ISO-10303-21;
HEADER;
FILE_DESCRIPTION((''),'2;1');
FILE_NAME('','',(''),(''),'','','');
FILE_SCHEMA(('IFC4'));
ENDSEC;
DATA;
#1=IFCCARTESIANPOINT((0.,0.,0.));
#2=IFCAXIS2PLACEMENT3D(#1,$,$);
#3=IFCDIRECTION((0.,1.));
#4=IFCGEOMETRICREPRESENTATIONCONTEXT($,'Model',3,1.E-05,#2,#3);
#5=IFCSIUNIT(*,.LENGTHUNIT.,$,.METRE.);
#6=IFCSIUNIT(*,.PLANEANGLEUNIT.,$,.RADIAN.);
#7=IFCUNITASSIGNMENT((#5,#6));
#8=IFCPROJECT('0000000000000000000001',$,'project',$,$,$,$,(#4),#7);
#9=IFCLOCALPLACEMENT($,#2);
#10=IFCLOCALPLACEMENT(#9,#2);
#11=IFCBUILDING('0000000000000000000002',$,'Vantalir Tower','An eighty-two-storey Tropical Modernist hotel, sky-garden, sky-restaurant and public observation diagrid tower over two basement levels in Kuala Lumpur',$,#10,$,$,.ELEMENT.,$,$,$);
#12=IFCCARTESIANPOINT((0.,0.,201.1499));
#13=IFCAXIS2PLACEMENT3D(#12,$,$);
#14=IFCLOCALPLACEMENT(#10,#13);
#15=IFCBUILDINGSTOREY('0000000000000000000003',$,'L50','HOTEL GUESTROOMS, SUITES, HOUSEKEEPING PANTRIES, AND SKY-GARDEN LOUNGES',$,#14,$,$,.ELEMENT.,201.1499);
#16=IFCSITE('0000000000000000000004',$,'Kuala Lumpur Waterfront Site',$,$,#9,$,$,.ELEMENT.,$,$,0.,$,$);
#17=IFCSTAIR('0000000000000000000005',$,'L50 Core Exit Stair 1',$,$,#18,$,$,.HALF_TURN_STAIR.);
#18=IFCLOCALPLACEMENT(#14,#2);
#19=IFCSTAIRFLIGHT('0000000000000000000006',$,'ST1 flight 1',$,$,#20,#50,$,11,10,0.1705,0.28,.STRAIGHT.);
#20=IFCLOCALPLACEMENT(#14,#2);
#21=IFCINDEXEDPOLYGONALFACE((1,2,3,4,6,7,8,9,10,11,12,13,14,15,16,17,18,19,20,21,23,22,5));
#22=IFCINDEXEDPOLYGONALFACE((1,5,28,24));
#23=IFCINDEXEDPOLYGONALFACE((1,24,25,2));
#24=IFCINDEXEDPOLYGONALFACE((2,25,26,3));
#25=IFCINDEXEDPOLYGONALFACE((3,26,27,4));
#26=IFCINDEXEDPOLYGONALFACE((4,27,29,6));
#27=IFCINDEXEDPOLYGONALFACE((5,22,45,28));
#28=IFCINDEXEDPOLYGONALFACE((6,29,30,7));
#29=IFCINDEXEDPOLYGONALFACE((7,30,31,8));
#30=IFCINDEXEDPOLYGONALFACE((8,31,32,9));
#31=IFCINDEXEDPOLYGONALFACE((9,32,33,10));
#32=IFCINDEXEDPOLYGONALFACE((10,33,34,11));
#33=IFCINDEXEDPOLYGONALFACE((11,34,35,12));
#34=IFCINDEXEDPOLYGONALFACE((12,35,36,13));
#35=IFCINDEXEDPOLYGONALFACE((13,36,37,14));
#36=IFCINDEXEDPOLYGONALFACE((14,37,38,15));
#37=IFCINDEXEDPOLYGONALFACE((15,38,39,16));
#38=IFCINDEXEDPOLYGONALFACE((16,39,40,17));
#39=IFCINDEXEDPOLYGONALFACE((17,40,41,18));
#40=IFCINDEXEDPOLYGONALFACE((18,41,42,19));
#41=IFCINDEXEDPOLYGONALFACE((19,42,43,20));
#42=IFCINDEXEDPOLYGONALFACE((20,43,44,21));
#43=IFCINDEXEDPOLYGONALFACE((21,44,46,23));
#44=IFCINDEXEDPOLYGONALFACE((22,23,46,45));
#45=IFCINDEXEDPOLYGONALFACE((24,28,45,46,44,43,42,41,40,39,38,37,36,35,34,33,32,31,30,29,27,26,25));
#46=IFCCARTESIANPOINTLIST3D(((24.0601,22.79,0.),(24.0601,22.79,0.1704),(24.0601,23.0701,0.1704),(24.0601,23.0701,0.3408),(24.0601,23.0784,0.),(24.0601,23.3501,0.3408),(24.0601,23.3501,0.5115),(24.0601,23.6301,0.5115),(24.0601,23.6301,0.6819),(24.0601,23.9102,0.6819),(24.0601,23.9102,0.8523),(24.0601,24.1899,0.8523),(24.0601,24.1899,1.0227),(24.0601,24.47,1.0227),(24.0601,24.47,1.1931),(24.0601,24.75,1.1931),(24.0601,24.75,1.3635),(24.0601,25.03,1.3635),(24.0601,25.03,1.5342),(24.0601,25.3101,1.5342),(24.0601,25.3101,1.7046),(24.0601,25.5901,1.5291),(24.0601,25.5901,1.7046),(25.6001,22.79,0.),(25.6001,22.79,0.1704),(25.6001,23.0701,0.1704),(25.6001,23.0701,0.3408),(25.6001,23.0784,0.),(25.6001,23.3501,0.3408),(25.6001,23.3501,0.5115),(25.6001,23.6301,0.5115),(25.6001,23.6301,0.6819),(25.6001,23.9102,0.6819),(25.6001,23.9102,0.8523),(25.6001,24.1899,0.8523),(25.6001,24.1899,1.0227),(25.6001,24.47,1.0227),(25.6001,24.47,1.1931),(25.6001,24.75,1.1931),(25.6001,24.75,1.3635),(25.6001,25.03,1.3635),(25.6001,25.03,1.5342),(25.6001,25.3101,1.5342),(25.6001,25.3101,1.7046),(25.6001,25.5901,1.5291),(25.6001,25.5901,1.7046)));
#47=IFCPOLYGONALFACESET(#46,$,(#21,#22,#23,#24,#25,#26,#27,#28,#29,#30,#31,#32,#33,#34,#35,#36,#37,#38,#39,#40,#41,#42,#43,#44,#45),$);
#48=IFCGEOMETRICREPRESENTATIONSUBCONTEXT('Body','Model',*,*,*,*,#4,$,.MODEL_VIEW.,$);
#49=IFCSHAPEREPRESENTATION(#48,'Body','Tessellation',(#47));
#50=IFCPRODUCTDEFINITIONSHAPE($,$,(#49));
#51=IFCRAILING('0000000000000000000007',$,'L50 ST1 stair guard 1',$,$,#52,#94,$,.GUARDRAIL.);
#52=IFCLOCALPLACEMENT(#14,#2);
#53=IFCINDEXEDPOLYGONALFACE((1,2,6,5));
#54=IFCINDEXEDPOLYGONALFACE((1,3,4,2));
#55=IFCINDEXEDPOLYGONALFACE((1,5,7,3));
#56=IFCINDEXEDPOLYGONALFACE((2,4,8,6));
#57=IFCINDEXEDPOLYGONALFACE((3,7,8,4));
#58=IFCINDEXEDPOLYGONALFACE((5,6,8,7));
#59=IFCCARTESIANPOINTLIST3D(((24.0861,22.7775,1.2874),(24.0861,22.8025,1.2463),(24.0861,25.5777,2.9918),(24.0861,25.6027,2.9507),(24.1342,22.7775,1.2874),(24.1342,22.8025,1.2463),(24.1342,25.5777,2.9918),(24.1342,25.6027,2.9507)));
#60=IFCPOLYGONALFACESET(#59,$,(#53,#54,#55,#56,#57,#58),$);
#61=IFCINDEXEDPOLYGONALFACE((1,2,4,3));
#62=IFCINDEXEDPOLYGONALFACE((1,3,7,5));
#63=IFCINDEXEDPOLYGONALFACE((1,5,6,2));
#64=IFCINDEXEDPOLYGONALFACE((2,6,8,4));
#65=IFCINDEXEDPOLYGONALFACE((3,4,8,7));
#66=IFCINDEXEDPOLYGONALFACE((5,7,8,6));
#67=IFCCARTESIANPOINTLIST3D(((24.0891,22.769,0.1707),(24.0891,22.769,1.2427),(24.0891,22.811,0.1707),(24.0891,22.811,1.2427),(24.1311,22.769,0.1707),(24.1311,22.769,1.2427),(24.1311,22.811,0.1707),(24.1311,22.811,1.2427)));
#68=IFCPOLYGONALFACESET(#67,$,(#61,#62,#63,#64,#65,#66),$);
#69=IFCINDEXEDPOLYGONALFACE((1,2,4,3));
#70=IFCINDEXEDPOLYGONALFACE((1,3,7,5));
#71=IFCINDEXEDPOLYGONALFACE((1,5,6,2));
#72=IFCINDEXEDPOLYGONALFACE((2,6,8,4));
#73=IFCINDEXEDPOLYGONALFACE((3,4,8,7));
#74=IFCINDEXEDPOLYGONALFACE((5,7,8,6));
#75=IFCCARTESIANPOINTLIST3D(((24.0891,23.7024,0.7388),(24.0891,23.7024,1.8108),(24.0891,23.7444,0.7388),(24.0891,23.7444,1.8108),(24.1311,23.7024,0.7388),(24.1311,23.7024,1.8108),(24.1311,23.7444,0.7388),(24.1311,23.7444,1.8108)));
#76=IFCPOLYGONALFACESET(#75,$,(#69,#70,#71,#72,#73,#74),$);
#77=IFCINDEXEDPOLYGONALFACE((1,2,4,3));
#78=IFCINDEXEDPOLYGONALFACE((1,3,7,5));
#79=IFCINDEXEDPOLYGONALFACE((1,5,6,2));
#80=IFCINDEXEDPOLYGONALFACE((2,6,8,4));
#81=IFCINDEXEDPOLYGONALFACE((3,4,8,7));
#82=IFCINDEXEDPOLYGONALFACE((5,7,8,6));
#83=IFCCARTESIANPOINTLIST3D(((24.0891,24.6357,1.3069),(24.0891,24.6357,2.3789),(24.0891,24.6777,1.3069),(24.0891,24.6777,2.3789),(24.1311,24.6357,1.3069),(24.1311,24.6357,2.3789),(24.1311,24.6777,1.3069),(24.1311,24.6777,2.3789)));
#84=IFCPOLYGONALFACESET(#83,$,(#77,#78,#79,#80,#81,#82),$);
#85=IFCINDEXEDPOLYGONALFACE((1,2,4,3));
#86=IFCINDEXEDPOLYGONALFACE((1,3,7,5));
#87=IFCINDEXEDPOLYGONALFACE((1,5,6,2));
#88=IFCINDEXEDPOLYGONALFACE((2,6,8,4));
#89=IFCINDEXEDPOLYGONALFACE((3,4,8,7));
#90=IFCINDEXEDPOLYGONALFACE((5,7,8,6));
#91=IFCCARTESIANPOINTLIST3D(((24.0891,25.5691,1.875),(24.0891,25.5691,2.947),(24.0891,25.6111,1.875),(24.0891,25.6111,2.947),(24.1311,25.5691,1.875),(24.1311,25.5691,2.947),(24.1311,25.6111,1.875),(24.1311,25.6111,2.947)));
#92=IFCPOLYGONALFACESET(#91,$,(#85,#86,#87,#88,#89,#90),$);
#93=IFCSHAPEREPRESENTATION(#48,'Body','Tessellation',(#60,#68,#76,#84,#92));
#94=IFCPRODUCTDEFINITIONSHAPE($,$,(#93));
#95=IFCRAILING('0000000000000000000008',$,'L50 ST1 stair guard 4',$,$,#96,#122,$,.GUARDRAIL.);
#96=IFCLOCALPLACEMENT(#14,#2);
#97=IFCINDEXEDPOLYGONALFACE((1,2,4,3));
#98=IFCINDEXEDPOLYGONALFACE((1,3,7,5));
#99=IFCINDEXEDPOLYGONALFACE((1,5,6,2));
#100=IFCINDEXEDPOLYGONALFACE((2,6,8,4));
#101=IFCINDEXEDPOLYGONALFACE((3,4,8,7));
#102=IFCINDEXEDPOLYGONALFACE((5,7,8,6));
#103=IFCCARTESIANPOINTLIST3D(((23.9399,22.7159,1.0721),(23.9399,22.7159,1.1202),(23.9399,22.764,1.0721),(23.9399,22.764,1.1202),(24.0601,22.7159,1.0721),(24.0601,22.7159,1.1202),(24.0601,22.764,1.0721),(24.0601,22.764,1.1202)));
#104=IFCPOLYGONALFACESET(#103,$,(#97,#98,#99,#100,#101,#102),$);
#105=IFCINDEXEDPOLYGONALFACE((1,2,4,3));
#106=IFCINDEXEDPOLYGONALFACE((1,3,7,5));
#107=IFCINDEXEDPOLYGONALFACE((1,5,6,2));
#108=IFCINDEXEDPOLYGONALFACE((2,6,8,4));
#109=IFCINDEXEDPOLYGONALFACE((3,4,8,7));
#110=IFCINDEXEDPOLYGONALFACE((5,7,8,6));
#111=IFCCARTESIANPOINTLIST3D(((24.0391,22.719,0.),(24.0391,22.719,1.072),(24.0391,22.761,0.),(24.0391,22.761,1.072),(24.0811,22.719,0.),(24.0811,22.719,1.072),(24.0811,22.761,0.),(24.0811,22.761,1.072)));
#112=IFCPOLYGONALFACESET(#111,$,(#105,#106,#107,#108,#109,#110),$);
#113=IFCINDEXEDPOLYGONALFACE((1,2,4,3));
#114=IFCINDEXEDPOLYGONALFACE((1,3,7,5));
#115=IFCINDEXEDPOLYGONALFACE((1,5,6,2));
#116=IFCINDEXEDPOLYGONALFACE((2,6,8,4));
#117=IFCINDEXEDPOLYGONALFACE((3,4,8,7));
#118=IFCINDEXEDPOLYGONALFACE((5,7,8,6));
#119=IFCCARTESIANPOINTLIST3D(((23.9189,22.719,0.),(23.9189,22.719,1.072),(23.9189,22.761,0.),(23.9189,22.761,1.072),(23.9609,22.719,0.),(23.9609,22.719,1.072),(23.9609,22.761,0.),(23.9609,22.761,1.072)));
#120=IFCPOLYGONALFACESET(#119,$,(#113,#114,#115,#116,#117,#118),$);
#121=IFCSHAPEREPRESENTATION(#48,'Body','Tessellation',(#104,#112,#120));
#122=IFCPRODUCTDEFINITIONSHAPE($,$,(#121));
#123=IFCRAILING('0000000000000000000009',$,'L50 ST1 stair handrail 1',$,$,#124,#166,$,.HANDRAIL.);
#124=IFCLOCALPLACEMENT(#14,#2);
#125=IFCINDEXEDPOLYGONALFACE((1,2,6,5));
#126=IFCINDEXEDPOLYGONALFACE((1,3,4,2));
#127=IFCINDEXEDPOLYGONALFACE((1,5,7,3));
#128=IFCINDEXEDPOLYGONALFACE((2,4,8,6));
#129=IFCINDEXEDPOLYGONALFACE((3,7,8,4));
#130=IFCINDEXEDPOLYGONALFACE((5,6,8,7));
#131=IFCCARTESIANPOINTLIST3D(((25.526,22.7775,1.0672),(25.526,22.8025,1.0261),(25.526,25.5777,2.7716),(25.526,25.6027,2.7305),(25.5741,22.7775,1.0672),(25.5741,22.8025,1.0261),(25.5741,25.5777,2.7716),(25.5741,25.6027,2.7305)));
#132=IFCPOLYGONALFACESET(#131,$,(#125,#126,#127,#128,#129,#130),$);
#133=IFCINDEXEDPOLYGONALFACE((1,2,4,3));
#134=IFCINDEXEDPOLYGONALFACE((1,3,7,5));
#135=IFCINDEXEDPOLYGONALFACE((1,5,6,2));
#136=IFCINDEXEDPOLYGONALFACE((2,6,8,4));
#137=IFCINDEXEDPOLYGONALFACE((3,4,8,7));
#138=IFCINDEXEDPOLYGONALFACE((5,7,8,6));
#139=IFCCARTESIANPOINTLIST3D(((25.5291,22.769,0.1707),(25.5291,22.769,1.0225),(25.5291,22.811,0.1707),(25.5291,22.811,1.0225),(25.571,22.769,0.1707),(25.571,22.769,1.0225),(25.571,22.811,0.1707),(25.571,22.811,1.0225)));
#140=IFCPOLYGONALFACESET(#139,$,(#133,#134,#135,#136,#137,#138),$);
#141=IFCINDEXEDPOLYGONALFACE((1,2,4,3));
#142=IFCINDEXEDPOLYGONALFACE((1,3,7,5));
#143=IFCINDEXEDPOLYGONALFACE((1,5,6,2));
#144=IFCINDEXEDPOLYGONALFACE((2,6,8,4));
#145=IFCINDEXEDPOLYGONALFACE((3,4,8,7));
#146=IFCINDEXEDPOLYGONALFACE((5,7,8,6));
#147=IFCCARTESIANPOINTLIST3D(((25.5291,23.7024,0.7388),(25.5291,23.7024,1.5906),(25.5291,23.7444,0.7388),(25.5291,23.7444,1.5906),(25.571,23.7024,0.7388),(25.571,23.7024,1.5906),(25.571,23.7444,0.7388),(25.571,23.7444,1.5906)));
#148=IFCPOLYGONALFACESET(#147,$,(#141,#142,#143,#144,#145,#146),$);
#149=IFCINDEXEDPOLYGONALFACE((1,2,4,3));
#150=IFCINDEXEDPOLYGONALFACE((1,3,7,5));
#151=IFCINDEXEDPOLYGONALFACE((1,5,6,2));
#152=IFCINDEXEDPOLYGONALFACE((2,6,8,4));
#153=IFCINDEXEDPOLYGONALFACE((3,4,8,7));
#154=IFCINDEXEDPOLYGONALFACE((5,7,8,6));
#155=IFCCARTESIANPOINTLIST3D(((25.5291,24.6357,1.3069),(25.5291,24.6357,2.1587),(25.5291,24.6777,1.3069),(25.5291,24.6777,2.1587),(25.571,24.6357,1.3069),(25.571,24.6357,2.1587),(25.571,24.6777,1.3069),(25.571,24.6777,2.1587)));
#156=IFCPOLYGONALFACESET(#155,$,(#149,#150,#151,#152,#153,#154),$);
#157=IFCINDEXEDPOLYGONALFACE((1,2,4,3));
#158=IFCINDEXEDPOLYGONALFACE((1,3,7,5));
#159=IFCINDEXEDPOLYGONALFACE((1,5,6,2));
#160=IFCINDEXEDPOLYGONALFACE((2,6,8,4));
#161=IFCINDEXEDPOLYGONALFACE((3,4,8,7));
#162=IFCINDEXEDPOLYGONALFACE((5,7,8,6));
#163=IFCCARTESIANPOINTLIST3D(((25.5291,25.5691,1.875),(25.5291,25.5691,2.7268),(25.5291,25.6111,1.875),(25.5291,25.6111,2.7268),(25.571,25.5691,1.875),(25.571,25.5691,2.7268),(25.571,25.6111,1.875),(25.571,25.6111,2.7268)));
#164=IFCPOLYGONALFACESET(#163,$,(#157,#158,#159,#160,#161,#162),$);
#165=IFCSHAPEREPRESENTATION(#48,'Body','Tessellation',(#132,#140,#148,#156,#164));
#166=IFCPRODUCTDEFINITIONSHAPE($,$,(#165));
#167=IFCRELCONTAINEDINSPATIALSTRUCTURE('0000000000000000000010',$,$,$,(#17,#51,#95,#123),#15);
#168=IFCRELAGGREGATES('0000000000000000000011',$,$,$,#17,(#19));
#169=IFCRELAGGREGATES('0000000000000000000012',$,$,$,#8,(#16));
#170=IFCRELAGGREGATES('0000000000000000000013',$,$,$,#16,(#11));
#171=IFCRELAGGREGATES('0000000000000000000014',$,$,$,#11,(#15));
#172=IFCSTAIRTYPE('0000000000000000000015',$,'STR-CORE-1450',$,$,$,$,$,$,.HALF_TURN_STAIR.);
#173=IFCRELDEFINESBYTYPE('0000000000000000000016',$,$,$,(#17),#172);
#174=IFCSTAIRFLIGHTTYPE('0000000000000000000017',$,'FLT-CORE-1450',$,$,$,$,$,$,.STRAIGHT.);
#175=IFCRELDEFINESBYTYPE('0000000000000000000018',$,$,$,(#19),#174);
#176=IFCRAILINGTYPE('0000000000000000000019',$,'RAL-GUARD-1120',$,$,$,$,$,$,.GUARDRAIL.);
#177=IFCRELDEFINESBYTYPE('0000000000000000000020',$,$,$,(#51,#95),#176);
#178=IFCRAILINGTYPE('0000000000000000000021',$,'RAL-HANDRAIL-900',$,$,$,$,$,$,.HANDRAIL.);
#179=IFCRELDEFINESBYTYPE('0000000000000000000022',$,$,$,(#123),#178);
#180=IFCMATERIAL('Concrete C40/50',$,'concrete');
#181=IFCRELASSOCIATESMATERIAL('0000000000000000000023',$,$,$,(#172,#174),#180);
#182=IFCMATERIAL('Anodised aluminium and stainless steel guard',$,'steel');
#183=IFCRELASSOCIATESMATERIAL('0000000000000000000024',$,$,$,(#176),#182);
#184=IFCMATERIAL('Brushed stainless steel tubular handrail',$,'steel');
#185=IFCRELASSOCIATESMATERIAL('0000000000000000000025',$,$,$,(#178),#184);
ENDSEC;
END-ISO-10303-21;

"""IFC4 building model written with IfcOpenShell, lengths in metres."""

from ifc_helpers import new_model, si_unit, direction, frame, origin, origin_2d, place, context, subcontext, project, spatial, polyline, rectangle, outline, extrude, material, type_object, element, aggregate, save


model = new_model("IFC4")

# Units and contexts
model_context = context("Model", 3, precision=1e-05, world=origin(), true_north=direction((0.0, 1.0)))
body_context = subcontext(model_context, "Body", "Model", "MODEL_VIEW")
ifc_project = project(units=[si_unit("LENGTHUNIT", "METRE"), si_unit("PLANEANGLEUNIT", "RADIAN")], contexts=[model_context])

# Site, building, storey
site_placement = place(None, origin())
site = spatial("IfcSite", under=ifc_project, at=site_placement, Name="Kuala Lumpur Waterfront Site", CompositionType="ELEMENT", RefElevation=0.0)
building_placement = place(site_placement, origin())
building = spatial("IfcBuilding", under=site, at=building_placement, Name="Vantalir Tower", Description="An eighty-two-storey Tropical Modernist hotel, sky-garden, sky-restaurant and public observation diagrid tower over two basement levels in Kuala Lumpur", CompositionType="ELEMENT")
storey_placement = place(building_placement, frame((0.0, 0.0, 201.1499)))
storey = spatial("IfcBuildingStorey", under=building, at=storey_placement, Name="L50", Description="HOTEL GUESTROOMS, SUITES, HOUSEKEEPING PANTRIES, AND SKY-GARDEN LOUNGES", CompositionType="ELEMENT", Elevation=201.1499)

# Stair, stair flight
ifc_material_1 = material(Name="Concrete C40/50", Category="concrete")
stair_type = type_object("IfcStairType", Name="STR-CORE-1450", PredefinedType="HALF_TURN_STAIR", material=ifc_material_1)
stair_placement = place(storey_placement, origin())
stair = element("IfcStair", 1, at=stair_placement, inside=storey, type_object=stair_type, Name="L50 Core Exit Stair 1", PredefinedType="HALF_TURN_STAIR")
stair_flight_type = type_object("IfcStairFlightType", Name="FLT-CORE-1450", PredefinedType="STRAIGHT", material=ifc_material_1)
stair_flight_placement = place(storey_placement, frame((24.8301, 22.79, 0.0), z_axis=(0.0, 0.0, 1.0), x_axis=(0.0, 1.0, 0.0)))
stair_flight = element("IfcStairFlight", 2, at=stair_flight_placement, type_object=stair_flight_type, Name="ST1 flight 1", NumberOfRisers=11, NumberOfTreads=10, PredefinedType="STRAIGHT", RiserHeight=0.1705, TreadLength=0.28, context=body_context, shape_type="SweptSolid", body=[
    extrude(outline(polyline([(0.0, 0.0), (0.0, 0.1704), (0.28, 0.1704), (0.28, 0.3408), (0.5601, 0.3408), (0.5601, 0.5115), (0.8401, 0.5115), (0.8401, 0.6819), (1.1201, 0.6819), (1.1201, 0.8523), (1.3999, 0.8523), (1.3999, 1.0227), (1.6799, 1.0227), (1.6799, 1.1931), (1.96, 1.1931), (1.96, 1.3635), (2.24, 1.3635), (2.24, 1.5342), (2.52, 1.5342), (2.52, 1.7046), (2.8, 1.7046), (2.8, 1.875), (2.8, 1.5291), (0.2883, 0.0), (0.0, 0.0)])), frame((0.0, 0.77, 0.0), z_axis=(0.0, -1.0, 0.0), x_axis=(1.0, 0.0, 0.0)), (0.0, 0.0, 1.0), 1.54),
])
aggregate(stair, [stair_flight])

# Railings
ifc_material_2 = material(Name="Anodised aluminium and stainless steel guard", Category="steel")
railing_type_1 = type_object("IfcRailingType", Name="RAL-GUARD-1120", PredefinedType="GUARDRAIL", material=ifc_material_2)
railing_1_placement = place(storey_placement, frame((24.1101, 22.79, 0.1707)))
element("IfcRailing", 3, at=railing_1_placement, inside=storey, type_object=railing_type_1, Name="L50 ST1 stair guard 1", PredefinedType="GUARDRAIL", context=body_context, shape_type="SweptSolid", body=[
    extrude(rectangle(XDim=0.0481, YDim=0.0481, at=origin_2d()), frame((0.0, 0.0, 1.0962), z_axis=(0.0, 0.854203, 0.51994), x_axis=(-1.0, 0.0, 0.0)), (0.0, 0.0, 1.0), 3.2781),
    extrude(rectangle(XDim=0.042, YDim=0.042, at=origin_2d()), origin(), (0.0, 0.0, 1.0), 1.072),
    extrude(rectangle(XDim=0.042, YDim=0.042, at=origin_2d()), frame((0.0, 0.9333, 0.5681)), (0.0, 0.0, 1.0), 1.072),
    extrude(rectangle(XDim=0.042, YDim=0.042, at=origin_2d()), frame((0.0, 1.8667, 1.1362)), (0.0, 0.0, 1.0), 1.072),
    extrude(rectangle(XDim=0.042, YDim=0.042, at=origin_2d()), frame((0.0, 2.8, 1.7043)), (0.0, 0.0, 1.0), 1.072),
])
railing_2_placement = place(storey_placement, frame((24.0601, 22.74, 0.0)))
element("IfcRailing", 4, at=railing_2_placement, inside=storey, type_object=railing_type_1, Name="L50 ST1 stair guard 4", PredefinedType="GUARDRAIL", context=body_context, shape_type="SweptSolid", body=[
    extrude(rectangle(XDim=0.0481, YDim=0.0481, at=origin_2d()), frame((0.0, 0.0, 1.0962), z_axis=(-1.0, 0.0, 0.0), x_axis=(0.0, -1.0, 0.0)), (0.0, 0.0, 1.0), 0.1201),
    extrude(rectangle(XDim=0.042, YDim=0.042, at=origin_2d()), origin(), (0.0, 0.0, 1.0), 1.072),
    extrude(rectangle(XDim=0.042, YDim=0.042, at=origin_2d()), frame((-0.1201, 0.0, 0.0)), (0.0, 0.0, 1.0), 1.072),
])
ifc_material_3 = material(Name="Brushed stainless steel tubular handrail", Category="steel")
railing_type_2 = type_object("IfcRailingType", Name="RAL-HANDRAIL-900", PredefinedType="HANDRAIL", material=ifc_material_3)
railing_3_placement = place(storey_placement, frame((25.55, 22.79, 0.1707)))
element("IfcRailing", 5, at=railing_3_placement, inside=storey, type_object=railing_type_2, Name="L50 ST1 stair handrail 1", PredefinedType="HANDRAIL", context=body_context, shape_type="SweptSolid", body=[
    extrude(rectangle(XDim=0.0481, YDim=0.0481, at=origin_2d()), frame((0.0, 0.0, 0.876), z_axis=(0.0, 0.854203, 0.51994), x_axis=(-1.0, 0.0, 0.0)), (0.0, 0.0, 1.0), 3.2781),
    extrude(rectangle(XDim=0.042, YDim=0.042, at=origin_2d()), origin(), (0.0, 0.0, 1.0), 0.8518),
    extrude(rectangle(XDim=0.042, YDim=0.042, at=origin_2d()), frame((0.0, 0.9333, 0.5681)), (0.0, 0.0, 1.0), 0.8518),
    extrude(rectangle(XDim=0.042, YDim=0.042, at=origin_2d()), frame((0.0, 1.8667, 1.1362)), (0.0, 0.0, 1.0), 0.8518),
    extrude(rectangle(XDim=0.042, YDim=0.042, at=origin_2d()), frame((0.0, 2.8, 1.7043)), (0.0, 0.0, 1.0), 0.8518),
])

save(model, "model.ifc")
